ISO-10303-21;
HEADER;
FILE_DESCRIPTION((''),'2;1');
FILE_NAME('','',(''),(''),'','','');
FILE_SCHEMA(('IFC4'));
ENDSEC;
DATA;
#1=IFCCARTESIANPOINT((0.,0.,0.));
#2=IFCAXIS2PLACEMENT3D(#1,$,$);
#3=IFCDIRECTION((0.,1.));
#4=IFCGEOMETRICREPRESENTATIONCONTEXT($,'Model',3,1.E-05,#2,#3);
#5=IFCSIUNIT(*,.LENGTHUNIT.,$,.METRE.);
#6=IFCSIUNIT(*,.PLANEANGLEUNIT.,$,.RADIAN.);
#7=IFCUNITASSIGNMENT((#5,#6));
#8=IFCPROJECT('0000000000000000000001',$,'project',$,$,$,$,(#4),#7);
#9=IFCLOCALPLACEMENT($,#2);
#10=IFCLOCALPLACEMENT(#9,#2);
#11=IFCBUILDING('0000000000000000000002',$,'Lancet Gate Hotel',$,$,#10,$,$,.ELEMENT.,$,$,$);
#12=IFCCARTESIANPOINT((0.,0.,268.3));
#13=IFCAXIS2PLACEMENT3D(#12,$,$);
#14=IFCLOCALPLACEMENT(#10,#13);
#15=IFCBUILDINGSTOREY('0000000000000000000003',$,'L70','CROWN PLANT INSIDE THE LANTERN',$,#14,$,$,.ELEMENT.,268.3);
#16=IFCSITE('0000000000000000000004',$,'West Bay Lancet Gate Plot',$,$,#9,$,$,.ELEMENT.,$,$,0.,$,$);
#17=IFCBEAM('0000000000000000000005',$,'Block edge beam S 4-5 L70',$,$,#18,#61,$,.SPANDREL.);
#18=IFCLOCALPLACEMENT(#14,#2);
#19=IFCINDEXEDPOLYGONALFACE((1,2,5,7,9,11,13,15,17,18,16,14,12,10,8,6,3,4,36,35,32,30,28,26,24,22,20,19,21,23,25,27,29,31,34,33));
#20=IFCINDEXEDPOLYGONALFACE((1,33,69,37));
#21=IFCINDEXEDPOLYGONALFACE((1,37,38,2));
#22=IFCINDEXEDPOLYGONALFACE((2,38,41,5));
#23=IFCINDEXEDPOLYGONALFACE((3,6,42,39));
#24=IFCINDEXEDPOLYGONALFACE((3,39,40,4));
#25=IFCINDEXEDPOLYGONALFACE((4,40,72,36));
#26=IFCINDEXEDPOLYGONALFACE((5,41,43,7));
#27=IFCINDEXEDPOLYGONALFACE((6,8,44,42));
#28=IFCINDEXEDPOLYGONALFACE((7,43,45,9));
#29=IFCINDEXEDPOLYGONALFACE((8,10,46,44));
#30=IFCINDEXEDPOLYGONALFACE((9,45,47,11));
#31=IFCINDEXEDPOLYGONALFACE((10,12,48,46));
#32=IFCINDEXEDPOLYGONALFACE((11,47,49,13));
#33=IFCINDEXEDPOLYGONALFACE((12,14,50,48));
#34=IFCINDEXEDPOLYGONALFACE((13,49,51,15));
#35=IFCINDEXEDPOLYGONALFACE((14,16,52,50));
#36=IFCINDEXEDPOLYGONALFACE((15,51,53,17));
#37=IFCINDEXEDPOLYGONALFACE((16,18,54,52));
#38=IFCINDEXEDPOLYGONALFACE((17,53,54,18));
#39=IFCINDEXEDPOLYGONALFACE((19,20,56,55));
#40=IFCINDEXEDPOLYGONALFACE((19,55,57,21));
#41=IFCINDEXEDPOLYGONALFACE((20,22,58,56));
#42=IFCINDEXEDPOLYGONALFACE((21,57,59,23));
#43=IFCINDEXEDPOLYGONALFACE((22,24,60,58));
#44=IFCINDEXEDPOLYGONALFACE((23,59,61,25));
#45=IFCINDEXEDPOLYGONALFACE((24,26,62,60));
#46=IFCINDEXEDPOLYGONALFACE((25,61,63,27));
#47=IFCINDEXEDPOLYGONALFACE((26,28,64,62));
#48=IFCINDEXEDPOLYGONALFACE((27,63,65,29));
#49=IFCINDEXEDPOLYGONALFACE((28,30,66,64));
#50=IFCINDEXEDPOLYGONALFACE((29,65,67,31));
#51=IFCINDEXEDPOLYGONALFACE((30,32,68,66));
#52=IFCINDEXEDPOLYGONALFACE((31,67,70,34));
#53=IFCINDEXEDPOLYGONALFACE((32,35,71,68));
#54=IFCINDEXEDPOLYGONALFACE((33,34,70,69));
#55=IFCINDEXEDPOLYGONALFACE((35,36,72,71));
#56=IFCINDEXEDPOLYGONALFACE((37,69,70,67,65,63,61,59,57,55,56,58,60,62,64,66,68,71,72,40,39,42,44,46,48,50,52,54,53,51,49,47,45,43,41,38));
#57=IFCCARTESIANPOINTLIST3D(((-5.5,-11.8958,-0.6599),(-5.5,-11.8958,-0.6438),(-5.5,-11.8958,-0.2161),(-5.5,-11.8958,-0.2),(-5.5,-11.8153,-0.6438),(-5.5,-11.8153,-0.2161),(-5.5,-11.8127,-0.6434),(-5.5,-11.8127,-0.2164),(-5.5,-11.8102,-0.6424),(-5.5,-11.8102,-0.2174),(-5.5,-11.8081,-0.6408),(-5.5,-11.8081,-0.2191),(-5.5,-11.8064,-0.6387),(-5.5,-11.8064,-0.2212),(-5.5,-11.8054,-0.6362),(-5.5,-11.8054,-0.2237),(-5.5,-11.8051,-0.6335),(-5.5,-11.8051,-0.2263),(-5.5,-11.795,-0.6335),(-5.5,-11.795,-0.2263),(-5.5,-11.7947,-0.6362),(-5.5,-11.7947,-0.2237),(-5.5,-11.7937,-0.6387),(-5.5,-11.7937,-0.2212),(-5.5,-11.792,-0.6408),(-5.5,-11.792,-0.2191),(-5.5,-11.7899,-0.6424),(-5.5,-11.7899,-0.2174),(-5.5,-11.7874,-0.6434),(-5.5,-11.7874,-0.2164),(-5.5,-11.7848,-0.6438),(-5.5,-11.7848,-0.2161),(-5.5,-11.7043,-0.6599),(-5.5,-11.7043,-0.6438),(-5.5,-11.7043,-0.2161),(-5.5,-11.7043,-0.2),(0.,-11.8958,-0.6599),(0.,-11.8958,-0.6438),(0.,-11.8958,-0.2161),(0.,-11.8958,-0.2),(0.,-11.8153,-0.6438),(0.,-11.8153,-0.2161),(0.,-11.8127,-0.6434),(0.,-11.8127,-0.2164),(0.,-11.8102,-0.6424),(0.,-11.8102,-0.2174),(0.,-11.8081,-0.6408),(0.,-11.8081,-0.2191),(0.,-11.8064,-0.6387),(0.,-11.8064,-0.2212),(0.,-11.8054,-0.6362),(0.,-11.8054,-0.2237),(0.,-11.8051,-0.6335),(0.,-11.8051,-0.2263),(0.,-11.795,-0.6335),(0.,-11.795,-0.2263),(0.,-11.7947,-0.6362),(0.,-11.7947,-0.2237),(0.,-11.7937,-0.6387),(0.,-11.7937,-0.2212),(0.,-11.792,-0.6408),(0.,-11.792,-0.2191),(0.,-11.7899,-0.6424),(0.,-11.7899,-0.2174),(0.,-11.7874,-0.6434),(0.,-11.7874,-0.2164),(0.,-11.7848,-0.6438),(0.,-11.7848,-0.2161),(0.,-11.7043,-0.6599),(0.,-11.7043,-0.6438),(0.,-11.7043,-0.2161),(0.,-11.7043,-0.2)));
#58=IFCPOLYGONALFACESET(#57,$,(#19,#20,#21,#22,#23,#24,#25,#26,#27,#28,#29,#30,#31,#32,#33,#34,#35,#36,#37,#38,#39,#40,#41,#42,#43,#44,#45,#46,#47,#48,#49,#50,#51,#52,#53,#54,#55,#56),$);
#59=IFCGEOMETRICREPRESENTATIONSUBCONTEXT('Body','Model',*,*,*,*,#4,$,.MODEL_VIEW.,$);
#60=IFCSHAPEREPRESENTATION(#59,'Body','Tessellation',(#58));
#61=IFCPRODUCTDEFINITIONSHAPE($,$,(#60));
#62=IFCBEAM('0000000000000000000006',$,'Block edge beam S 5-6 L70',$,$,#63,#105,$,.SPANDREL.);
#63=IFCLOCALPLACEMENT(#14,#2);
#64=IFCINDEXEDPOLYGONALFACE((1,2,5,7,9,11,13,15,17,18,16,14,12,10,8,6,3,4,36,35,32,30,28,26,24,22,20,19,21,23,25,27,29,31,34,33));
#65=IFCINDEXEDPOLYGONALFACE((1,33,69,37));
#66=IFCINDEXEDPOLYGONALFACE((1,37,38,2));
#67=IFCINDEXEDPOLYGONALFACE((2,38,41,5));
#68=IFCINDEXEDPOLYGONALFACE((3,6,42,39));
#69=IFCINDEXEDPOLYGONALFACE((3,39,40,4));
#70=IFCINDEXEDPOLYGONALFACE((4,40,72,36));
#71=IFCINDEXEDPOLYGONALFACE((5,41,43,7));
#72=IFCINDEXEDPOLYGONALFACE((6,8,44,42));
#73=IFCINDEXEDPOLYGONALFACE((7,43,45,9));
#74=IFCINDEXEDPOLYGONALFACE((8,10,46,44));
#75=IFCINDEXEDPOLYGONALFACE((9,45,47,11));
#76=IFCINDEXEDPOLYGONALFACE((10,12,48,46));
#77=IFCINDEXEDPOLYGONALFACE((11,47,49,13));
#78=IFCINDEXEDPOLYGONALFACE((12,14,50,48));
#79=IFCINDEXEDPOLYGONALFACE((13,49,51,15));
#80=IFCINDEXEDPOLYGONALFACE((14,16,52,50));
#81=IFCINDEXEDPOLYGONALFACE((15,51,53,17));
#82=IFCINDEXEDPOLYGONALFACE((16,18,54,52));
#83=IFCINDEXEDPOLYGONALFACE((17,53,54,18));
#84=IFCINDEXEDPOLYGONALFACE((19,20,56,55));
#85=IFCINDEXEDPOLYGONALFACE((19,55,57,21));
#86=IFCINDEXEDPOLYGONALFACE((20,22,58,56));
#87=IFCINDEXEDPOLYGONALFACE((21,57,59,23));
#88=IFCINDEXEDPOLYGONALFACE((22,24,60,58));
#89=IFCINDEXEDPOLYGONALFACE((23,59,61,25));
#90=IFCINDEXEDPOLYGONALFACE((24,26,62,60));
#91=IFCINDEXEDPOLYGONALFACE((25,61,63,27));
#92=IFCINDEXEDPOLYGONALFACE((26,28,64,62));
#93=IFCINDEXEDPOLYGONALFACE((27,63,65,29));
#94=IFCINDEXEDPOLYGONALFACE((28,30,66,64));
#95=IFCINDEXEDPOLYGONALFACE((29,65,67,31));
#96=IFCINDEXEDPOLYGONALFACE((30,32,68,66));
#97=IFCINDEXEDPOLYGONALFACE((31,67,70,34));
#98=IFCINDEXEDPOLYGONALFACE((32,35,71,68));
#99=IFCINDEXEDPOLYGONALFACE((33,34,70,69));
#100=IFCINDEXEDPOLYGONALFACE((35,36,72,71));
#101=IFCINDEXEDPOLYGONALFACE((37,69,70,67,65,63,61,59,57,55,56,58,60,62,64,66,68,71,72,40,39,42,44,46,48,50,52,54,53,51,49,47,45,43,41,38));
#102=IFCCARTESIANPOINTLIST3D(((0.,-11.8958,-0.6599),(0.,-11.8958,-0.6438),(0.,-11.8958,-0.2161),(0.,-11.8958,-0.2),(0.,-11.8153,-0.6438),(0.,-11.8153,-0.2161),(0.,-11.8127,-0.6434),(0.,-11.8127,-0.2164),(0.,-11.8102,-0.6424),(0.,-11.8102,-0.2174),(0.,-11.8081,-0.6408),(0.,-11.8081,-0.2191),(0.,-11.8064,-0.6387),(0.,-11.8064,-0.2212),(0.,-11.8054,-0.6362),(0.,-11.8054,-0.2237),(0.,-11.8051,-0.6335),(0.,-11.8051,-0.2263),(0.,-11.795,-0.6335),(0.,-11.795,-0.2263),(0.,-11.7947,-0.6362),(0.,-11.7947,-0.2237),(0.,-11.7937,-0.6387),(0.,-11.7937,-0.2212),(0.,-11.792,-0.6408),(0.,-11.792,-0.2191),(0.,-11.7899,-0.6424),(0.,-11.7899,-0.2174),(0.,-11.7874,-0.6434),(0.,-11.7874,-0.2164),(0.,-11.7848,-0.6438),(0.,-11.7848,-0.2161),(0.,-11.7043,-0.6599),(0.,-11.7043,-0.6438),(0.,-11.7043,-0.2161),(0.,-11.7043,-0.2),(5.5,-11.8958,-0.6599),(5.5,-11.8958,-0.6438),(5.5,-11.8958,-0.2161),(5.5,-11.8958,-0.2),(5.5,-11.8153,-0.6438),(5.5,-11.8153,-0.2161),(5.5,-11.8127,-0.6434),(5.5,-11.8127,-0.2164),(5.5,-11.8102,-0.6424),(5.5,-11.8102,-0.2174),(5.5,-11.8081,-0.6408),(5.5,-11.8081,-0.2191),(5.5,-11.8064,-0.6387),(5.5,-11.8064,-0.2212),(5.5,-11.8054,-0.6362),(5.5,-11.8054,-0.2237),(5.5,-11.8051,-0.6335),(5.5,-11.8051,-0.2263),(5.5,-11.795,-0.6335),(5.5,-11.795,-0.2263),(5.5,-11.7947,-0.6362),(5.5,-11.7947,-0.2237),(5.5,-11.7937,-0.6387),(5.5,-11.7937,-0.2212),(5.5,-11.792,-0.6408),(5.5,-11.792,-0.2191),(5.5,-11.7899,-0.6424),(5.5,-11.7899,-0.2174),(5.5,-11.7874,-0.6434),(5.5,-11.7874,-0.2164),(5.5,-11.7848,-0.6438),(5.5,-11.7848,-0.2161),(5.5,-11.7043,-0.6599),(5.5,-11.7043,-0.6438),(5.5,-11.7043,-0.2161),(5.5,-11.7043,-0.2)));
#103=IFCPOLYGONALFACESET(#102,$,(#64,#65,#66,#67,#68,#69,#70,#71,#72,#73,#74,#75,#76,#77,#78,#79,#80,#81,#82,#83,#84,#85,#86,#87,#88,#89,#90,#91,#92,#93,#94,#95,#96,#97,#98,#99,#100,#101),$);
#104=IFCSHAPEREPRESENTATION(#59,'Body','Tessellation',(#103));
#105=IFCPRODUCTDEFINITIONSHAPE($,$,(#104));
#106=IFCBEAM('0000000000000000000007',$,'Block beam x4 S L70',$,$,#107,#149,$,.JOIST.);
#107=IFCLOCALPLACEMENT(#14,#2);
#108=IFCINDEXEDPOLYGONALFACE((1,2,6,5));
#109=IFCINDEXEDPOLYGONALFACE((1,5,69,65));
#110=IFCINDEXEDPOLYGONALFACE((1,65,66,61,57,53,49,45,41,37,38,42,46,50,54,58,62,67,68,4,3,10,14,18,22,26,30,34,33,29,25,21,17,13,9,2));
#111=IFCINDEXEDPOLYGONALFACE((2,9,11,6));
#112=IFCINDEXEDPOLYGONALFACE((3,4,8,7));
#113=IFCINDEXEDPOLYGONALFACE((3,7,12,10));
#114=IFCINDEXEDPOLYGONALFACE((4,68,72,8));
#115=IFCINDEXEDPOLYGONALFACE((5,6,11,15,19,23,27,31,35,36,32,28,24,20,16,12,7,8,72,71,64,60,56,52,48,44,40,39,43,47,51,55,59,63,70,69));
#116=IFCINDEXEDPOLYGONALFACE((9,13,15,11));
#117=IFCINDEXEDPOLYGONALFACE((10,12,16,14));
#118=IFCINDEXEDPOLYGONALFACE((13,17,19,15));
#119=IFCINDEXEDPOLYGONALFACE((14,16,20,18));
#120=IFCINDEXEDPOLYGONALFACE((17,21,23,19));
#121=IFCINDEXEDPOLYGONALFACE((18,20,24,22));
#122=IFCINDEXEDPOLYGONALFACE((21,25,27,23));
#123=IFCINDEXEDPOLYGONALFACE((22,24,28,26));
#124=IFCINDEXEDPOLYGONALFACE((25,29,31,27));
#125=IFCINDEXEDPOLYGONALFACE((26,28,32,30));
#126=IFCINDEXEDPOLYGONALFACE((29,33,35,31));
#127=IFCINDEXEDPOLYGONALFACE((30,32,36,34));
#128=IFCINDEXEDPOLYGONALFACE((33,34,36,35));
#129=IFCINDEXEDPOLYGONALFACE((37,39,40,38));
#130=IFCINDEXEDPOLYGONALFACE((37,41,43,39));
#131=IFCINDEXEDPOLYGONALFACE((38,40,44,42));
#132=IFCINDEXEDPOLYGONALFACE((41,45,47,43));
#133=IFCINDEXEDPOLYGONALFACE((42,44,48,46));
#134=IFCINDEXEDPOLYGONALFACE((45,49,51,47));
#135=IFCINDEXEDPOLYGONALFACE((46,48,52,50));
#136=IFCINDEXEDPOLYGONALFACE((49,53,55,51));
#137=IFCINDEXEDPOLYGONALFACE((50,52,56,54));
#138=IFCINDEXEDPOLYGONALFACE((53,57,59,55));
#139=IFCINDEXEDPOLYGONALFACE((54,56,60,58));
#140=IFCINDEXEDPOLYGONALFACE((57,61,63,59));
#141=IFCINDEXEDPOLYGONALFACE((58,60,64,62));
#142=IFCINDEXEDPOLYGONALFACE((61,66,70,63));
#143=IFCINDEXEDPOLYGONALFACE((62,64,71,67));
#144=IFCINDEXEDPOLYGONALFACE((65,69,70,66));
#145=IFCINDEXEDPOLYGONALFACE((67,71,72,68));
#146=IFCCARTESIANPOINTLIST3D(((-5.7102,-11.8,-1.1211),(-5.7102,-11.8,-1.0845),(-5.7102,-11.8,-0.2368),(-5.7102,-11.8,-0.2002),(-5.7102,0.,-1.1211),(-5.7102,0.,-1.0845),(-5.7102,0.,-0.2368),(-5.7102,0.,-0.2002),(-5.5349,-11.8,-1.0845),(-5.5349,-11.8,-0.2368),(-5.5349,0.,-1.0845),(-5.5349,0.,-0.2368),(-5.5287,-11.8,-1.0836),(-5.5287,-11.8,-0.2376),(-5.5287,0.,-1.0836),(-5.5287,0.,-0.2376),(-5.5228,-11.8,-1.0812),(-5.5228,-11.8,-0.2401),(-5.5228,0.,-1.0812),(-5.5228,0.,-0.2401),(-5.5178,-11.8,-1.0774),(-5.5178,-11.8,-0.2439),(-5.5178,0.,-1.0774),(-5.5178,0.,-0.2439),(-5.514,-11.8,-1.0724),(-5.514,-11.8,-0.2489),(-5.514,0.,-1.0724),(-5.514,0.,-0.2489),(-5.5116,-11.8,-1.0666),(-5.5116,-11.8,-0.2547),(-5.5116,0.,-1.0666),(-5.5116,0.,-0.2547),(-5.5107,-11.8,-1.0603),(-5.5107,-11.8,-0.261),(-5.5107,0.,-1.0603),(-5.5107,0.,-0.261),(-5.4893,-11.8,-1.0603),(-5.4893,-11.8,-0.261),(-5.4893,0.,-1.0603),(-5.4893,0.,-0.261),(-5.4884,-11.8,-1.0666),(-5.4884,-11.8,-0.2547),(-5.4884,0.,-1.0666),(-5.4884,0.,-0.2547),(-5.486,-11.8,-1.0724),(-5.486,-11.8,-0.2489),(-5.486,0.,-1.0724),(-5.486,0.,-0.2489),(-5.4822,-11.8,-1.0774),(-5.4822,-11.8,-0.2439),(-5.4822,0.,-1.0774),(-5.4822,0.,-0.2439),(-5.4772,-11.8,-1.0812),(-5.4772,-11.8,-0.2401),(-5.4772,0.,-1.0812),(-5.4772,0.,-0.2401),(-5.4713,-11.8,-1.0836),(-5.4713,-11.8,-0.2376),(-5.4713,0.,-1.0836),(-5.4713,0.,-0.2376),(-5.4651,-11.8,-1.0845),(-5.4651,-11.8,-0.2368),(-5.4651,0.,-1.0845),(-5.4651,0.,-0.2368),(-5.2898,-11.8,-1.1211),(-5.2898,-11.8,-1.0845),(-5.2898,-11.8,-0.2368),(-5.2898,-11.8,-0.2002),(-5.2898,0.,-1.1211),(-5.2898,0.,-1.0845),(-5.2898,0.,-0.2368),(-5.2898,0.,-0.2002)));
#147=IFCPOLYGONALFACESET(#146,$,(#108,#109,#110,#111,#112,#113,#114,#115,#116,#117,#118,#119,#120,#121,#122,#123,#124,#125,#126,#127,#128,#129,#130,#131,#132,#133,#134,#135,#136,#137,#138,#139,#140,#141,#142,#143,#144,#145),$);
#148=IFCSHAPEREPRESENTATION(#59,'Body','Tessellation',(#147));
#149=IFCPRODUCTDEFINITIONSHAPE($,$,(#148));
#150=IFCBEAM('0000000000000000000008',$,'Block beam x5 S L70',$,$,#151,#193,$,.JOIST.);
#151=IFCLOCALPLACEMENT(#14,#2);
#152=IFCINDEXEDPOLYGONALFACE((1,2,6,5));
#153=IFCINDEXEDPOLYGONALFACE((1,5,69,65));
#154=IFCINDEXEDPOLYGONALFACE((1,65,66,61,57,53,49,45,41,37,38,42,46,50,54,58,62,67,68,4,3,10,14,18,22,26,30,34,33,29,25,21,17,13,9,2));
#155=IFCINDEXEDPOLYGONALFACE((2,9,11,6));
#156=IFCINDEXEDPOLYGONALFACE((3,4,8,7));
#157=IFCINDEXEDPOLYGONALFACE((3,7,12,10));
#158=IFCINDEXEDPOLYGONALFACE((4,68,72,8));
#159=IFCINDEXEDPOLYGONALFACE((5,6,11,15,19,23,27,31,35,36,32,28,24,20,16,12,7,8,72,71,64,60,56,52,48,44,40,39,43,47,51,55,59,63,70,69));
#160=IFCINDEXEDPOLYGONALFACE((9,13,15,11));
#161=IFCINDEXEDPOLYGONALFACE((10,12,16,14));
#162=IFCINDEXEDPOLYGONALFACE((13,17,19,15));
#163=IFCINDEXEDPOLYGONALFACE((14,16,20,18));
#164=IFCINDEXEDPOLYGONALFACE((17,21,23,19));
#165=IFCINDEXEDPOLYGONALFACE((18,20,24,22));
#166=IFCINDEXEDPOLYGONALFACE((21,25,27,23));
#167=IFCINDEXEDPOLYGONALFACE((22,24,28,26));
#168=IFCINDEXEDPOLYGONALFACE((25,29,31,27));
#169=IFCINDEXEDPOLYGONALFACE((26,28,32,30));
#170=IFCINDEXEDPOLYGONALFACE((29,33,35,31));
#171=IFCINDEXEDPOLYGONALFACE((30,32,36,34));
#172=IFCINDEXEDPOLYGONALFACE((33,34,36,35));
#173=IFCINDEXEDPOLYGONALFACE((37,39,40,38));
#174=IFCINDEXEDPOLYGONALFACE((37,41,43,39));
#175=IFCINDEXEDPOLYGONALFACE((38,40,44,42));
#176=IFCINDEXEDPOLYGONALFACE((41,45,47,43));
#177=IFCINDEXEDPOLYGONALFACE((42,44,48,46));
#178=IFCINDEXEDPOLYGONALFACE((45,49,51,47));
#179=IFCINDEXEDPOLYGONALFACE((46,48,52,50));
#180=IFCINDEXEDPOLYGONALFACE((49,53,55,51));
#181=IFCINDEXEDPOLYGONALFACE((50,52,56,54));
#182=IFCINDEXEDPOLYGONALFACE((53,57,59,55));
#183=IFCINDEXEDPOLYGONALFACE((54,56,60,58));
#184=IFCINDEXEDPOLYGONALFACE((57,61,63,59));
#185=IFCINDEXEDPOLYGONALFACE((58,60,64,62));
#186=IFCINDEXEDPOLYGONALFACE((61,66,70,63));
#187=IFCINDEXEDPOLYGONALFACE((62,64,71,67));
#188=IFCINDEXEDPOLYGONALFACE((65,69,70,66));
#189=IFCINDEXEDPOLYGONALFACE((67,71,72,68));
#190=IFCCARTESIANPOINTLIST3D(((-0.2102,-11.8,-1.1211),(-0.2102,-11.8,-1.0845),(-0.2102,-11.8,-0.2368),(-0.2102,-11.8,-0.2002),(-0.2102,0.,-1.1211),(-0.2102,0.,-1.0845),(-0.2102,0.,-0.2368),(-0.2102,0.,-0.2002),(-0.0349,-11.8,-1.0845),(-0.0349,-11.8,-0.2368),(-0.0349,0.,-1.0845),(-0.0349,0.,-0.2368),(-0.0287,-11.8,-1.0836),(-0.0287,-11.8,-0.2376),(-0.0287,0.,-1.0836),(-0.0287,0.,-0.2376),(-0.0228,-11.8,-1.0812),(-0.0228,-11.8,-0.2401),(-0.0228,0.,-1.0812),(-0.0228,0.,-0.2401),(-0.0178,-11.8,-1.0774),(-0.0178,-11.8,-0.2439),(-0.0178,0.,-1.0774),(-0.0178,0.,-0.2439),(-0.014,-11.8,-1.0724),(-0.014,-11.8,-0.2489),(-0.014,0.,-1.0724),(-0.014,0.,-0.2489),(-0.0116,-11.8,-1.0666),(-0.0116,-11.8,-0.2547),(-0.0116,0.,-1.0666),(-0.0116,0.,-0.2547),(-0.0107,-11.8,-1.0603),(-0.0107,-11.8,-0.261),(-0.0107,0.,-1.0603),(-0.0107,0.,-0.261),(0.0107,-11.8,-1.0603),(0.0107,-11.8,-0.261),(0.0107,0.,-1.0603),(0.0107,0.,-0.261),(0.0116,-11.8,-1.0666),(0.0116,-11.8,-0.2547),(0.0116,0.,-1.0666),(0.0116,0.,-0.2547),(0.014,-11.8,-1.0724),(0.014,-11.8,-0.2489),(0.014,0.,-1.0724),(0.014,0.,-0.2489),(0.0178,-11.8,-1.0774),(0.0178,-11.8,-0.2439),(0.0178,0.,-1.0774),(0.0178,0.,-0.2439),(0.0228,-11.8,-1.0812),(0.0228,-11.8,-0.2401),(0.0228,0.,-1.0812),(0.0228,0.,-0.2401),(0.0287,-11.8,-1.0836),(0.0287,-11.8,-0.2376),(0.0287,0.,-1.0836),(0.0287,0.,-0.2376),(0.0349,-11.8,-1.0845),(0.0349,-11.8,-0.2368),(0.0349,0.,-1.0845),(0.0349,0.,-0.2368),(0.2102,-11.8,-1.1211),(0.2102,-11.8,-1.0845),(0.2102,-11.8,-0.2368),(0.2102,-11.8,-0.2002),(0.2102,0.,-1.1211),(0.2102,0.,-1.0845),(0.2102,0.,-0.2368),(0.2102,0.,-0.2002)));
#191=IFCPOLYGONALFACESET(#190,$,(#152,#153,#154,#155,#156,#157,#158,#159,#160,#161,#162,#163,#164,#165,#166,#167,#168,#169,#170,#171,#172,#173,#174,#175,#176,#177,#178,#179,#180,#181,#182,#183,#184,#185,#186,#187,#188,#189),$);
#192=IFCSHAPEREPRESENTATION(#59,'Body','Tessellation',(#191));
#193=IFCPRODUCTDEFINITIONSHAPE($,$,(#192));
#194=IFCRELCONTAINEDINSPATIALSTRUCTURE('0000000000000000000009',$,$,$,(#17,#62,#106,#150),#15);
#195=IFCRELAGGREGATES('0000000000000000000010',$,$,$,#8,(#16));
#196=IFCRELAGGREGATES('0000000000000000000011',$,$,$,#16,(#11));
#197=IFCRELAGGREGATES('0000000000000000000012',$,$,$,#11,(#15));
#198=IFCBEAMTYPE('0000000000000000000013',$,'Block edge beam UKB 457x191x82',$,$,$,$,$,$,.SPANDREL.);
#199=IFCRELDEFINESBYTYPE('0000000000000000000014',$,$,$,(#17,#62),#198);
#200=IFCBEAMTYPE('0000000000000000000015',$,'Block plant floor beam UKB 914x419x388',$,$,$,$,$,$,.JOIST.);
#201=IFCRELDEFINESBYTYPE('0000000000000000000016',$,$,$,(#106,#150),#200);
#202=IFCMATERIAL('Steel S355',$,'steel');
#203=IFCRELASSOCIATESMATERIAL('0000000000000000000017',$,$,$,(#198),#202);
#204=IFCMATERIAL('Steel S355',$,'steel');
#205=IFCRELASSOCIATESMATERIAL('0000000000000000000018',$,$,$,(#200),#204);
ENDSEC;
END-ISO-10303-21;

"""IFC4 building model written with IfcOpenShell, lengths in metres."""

from ifc_helpers import new_model, si_unit, direction, frame, origin, origin_2d, place, context, subcontext, project, spatial, i_section, extrude, material, material_profile, profile_set, type_object, element, save


model = new_model("IFC4")

# Units and contexts
model_context = context("Model", 3, precision=1e-05, world=origin(), true_north=direction((0.0, 1.0)))
body_context = subcontext(model_context, "Body", "Model", "MODEL_VIEW")
ifc_project = project(units=[si_unit("LENGTHUNIT", "METRE"), si_unit("PLANEANGLEUNIT", "RADIAN")], contexts=[model_context])

# Site, building, storey
site_placement = place(None, origin())
site = spatial("IfcSite", under=ifc_project, at=site_placement, Name="West Bay Lancet Gate Plot", CompositionType="ELEMENT", RefElevation=0.0)
building_placement = place(site_placement, origin())
building = spatial("IfcBuilding", under=site, at=building_placement, Name="Lancet Gate Hotel", CompositionType="ELEMENT")
storey_placement = place(building_placement, frame((0.0, 0.0, 268.3)))
storey = spatial("IfcBuildingStorey", under=building, at=storey_placement, Name="L70", Description="CROWN PLANT INSIDE THE LANTERN", CompositionType="ELEMENT", Elevation=268.3)

# Beams
ifc_material_1 = material(Name="Steel S355", Category="steel")
ifc_material_profile_1 = material_profile(ifc_material_1, i_section(OverallWidth=0.1914, OverallDepth=0.46, WebThickness=0.01, FlangeThickness=0.0161, FilletRadius=0.0103, at=origin_2d()), Name="UKB 457x191x82")
ifc_profile_set_1 = profile_set([ifc_material_profile_1], Name="Steel S355")
beam_type_1 = type_object("IfcBeamType", Name="Block edge beam UKB 457x191x82", PredefinedType="SPANDREL", material=ifc_profile_set_1)
for number, where, z_axis, x_axis, name in (
    (1, (-5.5, -11.8, -0.4299), (1.0, 0.0, 0.0), (0.0, 1.0, 0.0), "Block edge beam S 4-5 L70"),
    (2, (0.0, -11.8, -0.4299), (1.0, 0.0, 0.0), (0.0, 1.0, 0.0), "Block edge beam S 5-6 L70"),
):
    element("IfcBeam", number, at=place(storey_placement, frame(where, z_axis=z_axis, x_axis=x_axis)), inside=storey, type_object=beam_type_1, Name=name, PredefinedType="SPANDREL", context=body_context, shape_type="SweptSolid", body=[
        extrude(i_section(OverallWidth=0.1914, OverallDepth=0.46, WebThickness=0.01, FlangeThickness=0.0161, FilletRadius=0.0103, at=origin_2d()), origin(), (0.0, 0.0, 1.0), 5.5),
    ])
ifc_material_2 = material(Name="Steel S355", Category="steel")
ifc_material_profile_2 = material_profile(ifc_material_2, i_section(OverallWidth=0.4204, OverallDepth=0.9209, WebThickness=0.0215, FlangeThickness=0.0366, FilletRadius=0.0242, at=origin_2d()), Name="UKB 914x419x388")
ifc_profile_set_2 = profile_set([ifc_material_profile_2], Name="Steel S355")
beam_type_2 = type_object("IfcBeamType", Name="Block plant floor beam UKB 914x419x388", PredefinedType="JOIST", material=ifc_profile_set_2)
for number, where, z_axis, x_axis, name in (
    (3, (-5.5, -11.8, -0.6606), (0.0, 1.0, 0.0), (-1.0, 0.0, 0.0), "Block beam x4 S L70"),
    (4, (0.0, -11.8, -0.6606), (0.0, 1.0, 0.0), (-1.0, 0.0, 0.0), "Block beam x5 S L70"),
):
    element("IfcBeam", number, at=place(storey_placement, frame(where, z_axis=z_axis, x_axis=x_axis)), inside=storey, type_object=beam_type_2, Name=name, PredefinedType="JOIST", context=body_context, shape_type="SweptSolid", body=[
        extrude(i_section(OverallWidth=0.4204, OverallDepth=0.9209, WebThickness=0.0215, FlangeThickness=0.0366, FilletRadius=0.0242, at=origin_2d()), origin(), (0.0, 0.0, 1.0), 11.8),
    ])

save(model, "model.ifc")
